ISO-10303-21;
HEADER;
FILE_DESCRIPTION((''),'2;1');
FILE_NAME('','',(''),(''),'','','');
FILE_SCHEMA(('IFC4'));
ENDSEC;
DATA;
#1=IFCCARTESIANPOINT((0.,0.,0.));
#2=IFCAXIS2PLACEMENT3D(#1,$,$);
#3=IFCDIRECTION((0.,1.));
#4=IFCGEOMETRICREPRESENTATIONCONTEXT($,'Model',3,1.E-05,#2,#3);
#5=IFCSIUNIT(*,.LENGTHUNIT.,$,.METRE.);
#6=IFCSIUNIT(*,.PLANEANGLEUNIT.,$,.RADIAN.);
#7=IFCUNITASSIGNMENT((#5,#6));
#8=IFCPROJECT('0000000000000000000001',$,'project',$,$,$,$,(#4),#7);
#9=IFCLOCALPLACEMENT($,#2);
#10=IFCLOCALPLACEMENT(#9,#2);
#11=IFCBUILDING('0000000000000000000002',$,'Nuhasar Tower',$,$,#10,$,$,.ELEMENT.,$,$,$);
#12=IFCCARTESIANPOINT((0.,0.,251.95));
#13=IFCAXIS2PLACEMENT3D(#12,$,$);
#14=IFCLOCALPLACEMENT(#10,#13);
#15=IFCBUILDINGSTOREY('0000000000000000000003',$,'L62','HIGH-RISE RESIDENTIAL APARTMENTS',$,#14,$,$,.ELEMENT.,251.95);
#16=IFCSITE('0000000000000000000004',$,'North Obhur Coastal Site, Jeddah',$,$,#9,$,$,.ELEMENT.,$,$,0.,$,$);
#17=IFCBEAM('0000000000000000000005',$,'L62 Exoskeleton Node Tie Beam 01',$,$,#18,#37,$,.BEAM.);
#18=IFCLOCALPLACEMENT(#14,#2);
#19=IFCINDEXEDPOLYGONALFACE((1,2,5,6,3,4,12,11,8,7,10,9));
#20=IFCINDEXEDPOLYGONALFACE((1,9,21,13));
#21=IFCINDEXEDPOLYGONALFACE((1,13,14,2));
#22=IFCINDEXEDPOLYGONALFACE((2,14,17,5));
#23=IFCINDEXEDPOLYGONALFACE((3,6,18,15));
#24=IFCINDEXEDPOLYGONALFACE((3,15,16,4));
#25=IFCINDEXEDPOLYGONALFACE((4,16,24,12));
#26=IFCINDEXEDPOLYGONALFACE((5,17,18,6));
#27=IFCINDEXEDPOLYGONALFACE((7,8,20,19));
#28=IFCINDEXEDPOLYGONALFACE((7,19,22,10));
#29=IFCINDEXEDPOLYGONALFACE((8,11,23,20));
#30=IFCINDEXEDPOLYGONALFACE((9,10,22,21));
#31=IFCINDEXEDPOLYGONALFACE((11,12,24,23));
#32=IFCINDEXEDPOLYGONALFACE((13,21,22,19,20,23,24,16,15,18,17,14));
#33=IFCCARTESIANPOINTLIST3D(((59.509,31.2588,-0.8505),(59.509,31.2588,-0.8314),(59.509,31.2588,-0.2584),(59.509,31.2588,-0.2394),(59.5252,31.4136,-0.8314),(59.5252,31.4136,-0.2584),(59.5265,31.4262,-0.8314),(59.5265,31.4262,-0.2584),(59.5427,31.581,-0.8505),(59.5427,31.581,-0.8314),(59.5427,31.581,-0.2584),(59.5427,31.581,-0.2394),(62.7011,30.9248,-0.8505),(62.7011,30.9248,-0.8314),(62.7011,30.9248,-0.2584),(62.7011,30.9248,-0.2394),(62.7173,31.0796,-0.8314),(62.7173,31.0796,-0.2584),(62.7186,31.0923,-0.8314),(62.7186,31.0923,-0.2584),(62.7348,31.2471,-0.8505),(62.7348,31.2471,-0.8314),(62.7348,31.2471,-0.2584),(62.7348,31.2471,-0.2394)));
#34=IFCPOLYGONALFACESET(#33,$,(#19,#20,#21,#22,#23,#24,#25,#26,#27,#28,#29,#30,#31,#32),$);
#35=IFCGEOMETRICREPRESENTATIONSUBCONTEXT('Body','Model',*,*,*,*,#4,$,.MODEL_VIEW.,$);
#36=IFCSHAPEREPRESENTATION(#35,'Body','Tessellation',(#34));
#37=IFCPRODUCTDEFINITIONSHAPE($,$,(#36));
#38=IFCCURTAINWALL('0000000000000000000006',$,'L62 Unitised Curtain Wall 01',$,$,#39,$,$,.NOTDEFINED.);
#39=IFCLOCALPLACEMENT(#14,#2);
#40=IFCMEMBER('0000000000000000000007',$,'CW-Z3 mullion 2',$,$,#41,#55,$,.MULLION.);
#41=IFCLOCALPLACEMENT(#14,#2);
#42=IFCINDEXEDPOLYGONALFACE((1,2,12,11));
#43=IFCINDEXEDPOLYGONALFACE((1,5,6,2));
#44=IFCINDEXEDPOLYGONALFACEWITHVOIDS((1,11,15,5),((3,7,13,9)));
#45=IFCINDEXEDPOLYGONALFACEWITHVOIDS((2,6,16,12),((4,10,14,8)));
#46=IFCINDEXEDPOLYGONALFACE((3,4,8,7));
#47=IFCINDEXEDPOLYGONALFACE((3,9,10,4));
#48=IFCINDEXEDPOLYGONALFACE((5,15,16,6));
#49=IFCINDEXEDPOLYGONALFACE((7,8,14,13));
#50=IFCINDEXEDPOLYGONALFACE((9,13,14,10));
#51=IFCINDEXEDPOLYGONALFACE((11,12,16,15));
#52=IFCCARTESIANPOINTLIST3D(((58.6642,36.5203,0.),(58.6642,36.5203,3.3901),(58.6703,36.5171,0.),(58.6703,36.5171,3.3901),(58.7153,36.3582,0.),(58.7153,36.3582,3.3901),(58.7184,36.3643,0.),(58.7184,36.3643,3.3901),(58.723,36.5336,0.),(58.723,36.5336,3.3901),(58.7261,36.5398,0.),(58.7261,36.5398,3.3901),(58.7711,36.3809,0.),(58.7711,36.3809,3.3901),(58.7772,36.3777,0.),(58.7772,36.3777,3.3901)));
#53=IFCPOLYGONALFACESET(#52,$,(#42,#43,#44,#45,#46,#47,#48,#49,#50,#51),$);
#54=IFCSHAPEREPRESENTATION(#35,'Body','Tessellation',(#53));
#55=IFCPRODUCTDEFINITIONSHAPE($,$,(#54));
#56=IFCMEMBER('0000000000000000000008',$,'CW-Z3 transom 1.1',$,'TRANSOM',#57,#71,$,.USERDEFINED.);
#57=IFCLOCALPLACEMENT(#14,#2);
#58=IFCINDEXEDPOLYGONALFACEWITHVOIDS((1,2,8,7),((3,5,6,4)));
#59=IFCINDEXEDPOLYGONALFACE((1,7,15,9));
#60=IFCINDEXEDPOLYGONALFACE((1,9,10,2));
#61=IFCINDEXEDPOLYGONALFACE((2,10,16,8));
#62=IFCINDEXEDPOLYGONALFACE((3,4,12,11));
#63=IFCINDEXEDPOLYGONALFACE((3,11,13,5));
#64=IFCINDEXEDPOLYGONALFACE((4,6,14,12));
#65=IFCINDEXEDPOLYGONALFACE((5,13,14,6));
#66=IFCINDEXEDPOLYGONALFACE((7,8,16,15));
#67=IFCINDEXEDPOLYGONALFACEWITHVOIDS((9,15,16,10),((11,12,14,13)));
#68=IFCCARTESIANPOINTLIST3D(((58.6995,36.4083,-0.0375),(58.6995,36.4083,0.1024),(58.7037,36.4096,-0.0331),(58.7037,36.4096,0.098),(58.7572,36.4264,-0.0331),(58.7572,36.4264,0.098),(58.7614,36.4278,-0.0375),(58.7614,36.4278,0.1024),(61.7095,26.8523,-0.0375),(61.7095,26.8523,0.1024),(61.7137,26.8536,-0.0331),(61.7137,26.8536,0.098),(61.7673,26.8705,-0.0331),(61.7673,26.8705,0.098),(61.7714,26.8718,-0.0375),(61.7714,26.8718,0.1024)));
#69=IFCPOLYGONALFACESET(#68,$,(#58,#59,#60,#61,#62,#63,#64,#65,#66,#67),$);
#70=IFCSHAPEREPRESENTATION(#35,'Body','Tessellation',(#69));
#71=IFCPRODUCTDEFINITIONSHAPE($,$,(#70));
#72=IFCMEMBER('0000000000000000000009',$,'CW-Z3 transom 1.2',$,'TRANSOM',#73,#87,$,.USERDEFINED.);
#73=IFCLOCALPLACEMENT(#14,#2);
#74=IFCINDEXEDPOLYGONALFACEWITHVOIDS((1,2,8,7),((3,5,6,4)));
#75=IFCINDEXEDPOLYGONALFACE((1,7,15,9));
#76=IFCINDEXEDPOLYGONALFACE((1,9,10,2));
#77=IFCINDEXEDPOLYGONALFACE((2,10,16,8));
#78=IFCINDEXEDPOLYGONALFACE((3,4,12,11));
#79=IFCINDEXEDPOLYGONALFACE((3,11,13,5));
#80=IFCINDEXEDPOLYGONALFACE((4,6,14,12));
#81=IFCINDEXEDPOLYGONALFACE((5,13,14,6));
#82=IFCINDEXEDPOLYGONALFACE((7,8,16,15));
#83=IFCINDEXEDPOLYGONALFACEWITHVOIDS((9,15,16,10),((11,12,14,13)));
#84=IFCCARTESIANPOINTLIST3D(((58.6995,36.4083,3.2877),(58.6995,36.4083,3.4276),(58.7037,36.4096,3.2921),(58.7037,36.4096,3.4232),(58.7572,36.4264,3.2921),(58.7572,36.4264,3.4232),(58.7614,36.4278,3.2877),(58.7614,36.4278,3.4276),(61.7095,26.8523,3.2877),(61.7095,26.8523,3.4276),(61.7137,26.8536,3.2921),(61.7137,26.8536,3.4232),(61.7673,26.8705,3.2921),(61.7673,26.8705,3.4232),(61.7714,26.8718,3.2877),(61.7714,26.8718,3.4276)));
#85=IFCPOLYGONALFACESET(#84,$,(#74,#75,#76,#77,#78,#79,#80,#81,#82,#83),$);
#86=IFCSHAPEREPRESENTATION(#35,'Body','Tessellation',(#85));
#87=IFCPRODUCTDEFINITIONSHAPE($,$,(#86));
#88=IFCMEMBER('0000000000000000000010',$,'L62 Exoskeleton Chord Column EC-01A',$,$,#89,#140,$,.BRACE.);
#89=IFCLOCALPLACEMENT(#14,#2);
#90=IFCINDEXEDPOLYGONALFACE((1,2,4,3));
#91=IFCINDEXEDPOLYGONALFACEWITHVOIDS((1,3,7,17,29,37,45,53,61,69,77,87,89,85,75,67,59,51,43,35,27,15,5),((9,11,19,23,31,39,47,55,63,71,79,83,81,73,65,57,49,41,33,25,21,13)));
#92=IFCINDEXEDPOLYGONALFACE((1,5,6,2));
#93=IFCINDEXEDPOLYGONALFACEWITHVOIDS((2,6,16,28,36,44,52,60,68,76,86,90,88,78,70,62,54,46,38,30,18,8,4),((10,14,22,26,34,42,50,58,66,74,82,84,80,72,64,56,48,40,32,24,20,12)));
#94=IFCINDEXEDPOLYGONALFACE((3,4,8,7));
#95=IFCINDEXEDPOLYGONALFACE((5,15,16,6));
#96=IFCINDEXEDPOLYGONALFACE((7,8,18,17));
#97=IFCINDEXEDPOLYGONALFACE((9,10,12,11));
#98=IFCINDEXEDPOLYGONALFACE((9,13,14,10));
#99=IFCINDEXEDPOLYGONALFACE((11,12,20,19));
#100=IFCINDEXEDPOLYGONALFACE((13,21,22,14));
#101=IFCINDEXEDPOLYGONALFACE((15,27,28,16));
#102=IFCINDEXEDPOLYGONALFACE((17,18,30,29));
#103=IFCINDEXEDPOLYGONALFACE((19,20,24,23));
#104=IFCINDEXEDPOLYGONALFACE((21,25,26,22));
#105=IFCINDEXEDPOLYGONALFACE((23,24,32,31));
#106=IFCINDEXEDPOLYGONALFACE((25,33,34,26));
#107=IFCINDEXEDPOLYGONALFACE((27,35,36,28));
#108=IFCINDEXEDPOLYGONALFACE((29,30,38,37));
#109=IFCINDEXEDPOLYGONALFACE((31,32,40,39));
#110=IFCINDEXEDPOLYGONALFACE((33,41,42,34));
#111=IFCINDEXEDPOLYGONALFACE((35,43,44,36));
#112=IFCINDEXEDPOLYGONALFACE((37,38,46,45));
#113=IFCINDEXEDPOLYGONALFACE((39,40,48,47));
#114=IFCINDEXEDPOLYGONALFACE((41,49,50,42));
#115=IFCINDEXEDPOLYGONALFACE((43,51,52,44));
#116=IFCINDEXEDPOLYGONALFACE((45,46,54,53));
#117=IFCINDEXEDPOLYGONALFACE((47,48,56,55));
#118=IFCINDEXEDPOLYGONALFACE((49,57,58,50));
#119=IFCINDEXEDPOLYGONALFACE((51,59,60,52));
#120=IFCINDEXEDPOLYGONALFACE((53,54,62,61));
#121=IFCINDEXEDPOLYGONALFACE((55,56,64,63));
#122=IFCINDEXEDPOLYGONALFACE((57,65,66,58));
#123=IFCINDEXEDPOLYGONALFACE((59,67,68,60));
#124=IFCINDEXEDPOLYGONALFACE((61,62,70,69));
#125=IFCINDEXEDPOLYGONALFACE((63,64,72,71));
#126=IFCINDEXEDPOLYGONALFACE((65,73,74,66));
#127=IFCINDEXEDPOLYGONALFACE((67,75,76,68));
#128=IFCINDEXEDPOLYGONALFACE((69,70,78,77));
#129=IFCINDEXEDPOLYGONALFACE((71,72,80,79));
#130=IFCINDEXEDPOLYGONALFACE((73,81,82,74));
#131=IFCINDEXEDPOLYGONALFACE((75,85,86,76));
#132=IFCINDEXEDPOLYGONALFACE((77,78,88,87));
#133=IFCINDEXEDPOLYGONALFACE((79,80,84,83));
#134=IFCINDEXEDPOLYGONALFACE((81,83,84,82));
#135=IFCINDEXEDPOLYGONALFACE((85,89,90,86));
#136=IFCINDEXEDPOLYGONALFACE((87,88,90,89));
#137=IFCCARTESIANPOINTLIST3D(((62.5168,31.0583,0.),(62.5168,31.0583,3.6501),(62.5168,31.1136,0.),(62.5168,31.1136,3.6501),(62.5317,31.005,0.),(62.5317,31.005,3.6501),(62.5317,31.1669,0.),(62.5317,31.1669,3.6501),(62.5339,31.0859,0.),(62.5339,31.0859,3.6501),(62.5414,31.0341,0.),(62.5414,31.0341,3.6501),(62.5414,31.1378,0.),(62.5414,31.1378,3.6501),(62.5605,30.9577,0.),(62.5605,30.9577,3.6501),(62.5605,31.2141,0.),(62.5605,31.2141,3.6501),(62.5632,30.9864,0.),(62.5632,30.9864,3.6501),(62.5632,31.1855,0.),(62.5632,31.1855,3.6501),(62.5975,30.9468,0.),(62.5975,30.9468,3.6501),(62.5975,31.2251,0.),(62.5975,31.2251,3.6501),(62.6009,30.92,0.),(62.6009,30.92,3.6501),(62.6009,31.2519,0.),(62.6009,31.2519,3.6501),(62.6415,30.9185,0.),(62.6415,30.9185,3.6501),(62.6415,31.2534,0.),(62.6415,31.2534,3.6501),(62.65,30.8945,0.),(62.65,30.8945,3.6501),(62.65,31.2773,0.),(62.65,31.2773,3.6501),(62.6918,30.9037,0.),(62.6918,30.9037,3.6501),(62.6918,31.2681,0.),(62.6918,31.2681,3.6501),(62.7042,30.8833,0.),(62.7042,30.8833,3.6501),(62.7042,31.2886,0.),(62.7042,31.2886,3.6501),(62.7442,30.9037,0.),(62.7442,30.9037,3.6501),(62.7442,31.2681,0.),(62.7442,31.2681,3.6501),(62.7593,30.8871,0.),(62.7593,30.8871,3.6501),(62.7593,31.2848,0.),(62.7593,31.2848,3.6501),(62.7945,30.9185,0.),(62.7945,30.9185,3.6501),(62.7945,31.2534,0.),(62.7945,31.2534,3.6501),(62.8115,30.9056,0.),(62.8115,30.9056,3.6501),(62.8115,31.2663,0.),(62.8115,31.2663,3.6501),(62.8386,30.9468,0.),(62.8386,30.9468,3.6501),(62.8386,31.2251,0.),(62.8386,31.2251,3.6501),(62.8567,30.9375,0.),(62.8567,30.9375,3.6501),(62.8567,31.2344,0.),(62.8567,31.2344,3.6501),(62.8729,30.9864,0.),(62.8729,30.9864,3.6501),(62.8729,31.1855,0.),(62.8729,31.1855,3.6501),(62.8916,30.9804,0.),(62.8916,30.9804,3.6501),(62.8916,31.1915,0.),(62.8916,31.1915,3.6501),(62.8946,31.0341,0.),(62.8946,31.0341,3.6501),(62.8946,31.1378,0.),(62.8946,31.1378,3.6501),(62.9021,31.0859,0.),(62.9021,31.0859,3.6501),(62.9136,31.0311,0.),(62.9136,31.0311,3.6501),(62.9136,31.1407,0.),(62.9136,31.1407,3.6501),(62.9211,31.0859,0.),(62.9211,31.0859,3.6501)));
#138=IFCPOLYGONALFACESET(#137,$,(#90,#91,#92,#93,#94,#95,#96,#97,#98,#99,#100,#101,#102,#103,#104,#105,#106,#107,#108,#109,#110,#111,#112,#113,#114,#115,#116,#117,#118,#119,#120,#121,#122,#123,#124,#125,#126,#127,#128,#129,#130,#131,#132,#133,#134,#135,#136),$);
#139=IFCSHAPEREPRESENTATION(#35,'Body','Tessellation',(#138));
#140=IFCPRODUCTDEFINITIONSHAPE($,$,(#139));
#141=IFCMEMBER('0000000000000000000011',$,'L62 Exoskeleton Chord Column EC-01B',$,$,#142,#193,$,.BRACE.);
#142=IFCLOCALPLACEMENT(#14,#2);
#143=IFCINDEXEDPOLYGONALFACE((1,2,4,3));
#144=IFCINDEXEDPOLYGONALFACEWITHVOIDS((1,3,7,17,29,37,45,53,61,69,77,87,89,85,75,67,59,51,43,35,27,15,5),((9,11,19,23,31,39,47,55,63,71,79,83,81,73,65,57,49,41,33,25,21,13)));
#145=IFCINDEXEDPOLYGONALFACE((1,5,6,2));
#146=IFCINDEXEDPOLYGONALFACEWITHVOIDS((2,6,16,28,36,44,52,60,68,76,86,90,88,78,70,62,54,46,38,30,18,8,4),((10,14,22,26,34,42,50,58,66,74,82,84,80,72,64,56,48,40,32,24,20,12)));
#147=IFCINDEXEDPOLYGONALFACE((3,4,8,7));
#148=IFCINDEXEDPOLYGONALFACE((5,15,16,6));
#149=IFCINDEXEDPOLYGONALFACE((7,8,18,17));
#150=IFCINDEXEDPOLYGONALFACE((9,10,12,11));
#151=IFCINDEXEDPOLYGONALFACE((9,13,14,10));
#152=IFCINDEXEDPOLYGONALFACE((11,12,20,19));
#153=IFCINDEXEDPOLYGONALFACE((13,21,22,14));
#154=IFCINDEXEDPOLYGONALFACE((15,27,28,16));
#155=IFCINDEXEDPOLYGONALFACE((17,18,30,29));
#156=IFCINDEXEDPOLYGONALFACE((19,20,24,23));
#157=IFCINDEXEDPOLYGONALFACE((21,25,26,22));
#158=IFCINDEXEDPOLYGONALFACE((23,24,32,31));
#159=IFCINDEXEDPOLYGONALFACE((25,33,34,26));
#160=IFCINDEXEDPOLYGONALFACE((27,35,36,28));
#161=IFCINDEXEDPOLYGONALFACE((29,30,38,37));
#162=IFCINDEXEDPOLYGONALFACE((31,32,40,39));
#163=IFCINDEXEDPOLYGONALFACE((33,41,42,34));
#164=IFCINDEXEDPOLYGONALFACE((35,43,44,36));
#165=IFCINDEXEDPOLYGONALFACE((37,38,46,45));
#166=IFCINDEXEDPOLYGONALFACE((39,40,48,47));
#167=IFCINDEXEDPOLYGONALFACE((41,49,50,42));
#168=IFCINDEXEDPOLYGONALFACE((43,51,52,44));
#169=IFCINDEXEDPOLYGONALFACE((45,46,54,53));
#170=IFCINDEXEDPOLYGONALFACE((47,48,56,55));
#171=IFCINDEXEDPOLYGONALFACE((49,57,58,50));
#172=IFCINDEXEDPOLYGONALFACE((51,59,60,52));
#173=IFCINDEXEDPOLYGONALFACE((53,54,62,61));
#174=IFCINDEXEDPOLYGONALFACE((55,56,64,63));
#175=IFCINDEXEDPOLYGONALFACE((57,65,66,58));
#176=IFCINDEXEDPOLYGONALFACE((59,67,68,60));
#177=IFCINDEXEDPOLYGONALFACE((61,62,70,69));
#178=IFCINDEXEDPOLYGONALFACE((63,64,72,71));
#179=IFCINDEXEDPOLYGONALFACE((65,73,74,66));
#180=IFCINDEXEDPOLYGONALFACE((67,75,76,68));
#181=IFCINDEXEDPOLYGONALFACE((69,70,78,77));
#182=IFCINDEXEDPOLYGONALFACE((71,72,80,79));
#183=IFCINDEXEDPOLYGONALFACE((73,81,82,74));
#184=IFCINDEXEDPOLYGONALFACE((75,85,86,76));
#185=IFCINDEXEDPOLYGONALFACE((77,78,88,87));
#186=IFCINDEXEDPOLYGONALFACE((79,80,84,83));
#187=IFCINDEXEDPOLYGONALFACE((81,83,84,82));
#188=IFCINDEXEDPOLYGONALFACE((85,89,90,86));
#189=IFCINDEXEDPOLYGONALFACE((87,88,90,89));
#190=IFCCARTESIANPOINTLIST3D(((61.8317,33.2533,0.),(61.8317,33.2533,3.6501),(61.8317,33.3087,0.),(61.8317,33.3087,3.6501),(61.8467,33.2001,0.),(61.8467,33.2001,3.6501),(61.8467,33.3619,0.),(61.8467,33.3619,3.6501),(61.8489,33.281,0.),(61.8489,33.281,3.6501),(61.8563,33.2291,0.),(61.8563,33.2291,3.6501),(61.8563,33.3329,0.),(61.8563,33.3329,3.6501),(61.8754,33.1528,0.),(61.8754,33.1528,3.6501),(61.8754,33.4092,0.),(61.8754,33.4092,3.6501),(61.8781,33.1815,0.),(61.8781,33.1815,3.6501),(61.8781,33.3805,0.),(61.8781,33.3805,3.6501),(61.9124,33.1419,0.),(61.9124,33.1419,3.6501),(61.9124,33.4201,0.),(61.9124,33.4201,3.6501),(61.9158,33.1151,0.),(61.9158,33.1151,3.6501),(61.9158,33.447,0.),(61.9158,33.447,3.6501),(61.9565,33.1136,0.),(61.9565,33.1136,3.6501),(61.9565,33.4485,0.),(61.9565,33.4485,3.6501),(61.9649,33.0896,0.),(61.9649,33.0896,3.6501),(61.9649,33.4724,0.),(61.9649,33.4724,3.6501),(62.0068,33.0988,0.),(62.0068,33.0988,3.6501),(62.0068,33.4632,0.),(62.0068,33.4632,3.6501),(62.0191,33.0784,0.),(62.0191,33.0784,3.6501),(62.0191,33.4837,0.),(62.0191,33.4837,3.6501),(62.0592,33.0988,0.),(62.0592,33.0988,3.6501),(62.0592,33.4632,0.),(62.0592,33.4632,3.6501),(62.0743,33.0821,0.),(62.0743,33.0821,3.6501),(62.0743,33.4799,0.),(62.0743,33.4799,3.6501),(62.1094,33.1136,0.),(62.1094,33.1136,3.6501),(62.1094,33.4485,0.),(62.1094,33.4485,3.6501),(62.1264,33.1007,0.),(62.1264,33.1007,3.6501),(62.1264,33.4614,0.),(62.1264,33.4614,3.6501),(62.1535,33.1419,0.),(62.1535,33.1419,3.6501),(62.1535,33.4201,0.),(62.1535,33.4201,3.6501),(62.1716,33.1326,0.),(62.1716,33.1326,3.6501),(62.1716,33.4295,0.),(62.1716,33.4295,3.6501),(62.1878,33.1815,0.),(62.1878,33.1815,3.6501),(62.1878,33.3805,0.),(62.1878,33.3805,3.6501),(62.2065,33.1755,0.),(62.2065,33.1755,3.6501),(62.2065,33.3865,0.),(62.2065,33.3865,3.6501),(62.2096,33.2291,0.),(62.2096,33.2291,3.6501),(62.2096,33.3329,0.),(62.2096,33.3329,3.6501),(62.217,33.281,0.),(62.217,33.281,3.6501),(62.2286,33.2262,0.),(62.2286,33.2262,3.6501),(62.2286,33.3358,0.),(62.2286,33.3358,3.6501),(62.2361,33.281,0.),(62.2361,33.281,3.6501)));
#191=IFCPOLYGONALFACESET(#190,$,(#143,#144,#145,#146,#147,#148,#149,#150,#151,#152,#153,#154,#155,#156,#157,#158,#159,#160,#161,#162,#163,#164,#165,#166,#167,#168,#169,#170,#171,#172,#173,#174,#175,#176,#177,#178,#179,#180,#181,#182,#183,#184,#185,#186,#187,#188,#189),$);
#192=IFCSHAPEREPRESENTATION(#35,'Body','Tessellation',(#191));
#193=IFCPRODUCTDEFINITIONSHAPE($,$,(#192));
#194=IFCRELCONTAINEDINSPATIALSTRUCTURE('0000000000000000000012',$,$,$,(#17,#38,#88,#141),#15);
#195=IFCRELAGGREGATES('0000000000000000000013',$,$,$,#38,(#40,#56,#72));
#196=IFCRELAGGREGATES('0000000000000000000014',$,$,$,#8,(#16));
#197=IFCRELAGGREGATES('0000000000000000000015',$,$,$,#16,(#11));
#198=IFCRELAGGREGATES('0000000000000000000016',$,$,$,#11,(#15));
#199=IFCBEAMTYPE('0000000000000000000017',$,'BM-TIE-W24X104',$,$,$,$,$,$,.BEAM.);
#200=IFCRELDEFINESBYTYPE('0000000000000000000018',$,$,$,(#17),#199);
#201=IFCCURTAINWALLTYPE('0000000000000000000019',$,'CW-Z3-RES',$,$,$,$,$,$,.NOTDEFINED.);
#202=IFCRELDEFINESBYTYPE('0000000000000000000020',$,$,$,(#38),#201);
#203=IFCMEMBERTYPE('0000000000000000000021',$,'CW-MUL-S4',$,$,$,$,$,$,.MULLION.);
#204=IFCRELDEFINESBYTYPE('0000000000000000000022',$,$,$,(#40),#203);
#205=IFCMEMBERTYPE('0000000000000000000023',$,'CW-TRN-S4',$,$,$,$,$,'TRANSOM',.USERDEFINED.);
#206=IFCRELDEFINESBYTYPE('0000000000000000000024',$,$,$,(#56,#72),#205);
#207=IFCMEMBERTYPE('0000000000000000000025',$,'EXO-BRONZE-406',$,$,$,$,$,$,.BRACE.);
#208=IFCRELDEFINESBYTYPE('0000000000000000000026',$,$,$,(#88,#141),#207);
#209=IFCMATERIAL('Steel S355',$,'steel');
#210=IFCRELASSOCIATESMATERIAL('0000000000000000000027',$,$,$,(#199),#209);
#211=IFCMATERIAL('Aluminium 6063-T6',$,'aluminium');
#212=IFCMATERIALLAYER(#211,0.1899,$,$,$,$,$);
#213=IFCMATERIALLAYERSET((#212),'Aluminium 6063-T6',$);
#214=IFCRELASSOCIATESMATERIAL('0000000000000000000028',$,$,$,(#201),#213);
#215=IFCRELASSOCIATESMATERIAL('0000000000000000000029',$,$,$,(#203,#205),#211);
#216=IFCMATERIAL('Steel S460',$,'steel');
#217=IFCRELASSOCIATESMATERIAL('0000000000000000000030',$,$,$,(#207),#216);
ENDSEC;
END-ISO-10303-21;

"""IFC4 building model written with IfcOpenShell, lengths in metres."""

from ifc_helpers import new_model, si_unit, direction, frame, origin, origin_2d, place, context, subcontext, project, spatial, hollow_rectangle, hollow_circle, i_section, extrude, material, layer, layer_set, material_profile, profile_set, type_object, element, aggregate, save


model = new_model("IFC4")

# Units and contexts
model_context = context("Model", 3, precision=1e-05, world=origin(), true_north=direction((0.0, 1.0)))
body_context = subcontext(model_context, "Body", "Model", "MODEL_VIEW")
ifc_project = project(units=[si_unit("LENGTHUNIT", "METRE"), si_unit("PLANEANGLEUNIT", "RADIAN")], contexts=[model_context])

# Site, building, storey
site_placement = place(None, origin())
site = spatial("IfcSite", under=ifc_project, at=site_placement, Name="North Obhur Coastal Site, Jeddah", CompositionType="ELEMENT", RefElevation=0.0)
building_placement = place(site_placement, origin())
building = spatial("IfcBuilding", under=site, at=building_placement, Name="Nuhasar Tower", CompositionType="ELEMENT")
storey_placement = place(building_placement, frame((0.0, 0.0, 251.95)))
storey = spatial("IfcBuildingStorey", under=building, at=storey_placement, Name="L62", Description="HIGH-RISE RESIDENTIAL APARTMENTS", CompositionType="ELEMENT", Elevation=251.95)

# Beam
ifc_material_1 = material(Name="Steel S355", Category="steel")
ifc_material_profile_1 = material_profile(ifc_material_1, i_section(OverallWidth=0.324, OverallDepth=0.6111, WebThickness=0.0127, FlangeThickness=0.019, at=origin_2d()), Name="W24X104")
ifc_profile_set_1 = profile_set([ifc_material_profile_1], Name="Steel S355")
beam_type_1 = type_object("IfcBeamType", Name="BM-TIE-W24X104", PredefinedType="BEAM", material=ifc_profile_set_1)
beam_1_placement = place(storey_placement, frame((59.5259, 31.4199, -0.5449), z_axis=(0.994571, -0.104059, 0.0), x_axis=(0.104059, 0.994571, 0.0)))
element("IfcBeam", 1, at=beam_1_placement, inside=storey, type_object=beam_type_1, Name="L62 Exoskeleton Node Tie Beam 01", PredefinedType="BEAM", context=body_context, shape_type="SweptSolid", body=[
    extrude(i_section(OverallWidth=0.324, OverallDepth=0.6111, WebThickness=0.0127, FlangeThickness=0.019, at=origin_2d()), origin(), (0.0, 0.0, 1.0), 3.2095),
])

# Curtain wall, members
ifc_material_2 = material(Name="Aluminium 6063-T6", Category="aluminium")
ifc_layer_1 = layer(ifc_material_2, 0.1899)
ifc_layer_set_1 = layer_set([ifc_layer_1], Name="Aluminium 6063-T6")
curtain_wall_type = type_object("IfcCurtainWallType", Name="CW-Z3-RES", PredefinedType="NOTDEFINED", material=ifc_layer_set_1)
curtain_wall_placement = place(storey_placement, origin())
curtain_wall = element("IfcCurtainWall", 2, at=curtain_wall_placement, inside=storey, type_object=curtain_wall_type, Name="L62 Unitised Curtain Wall 01", PredefinedType="NOTDEFINED")
ifc_material_profile_2 = material_profile(ifc_material_2, hollow_rectangle(XDim=0.0649, YDim=0.1699, WallThickness=0.0049, at=origin_2d()), Name="CWM-4")
ifc_profile_set_2 = profile_set([ifc_material_profile_2], Name="Aluminium 6063-T6")
member_type_1 = type_object("IfcMemberType", Name="CW-MUL-S4", PredefinedType="MULLION", material=ifc_profile_set_2)
member_1_placement = place(storey_placement, frame((58.7207, 36.449, 0.0), z_axis=(0.0, 0.0, 1.0), x_axis=(-0.953804, -0.300429, 0.0)))
member_1 = element("IfcMember", 3, at=member_1_placement, type_object=member_type_1, Name="CW-Z3 mullion 2", PredefinedType="MULLION", context=body_context, shape_type="SweptSolid", body=[
    extrude(hollow_rectangle(XDim=0.0649, YDim=0.1699, WallThickness=0.0049, at=origin_2d()), origin(), (0.0, 0.0, 1.0), 3.3901),
])
ifc_material_profile_3 = material_profile(ifc_material_2, hollow_rectangle(XDim=0.0649, YDim=0.1399, WallThickness=0.0044, at=origin_2d()), Name="CWT-4")
ifc_profile_set_3 = profile_set([ifc_material_profile_3], Name="Aluminium 6063-T6")
member_type_2 = type_object("IfcMemberType", Name="CW-TRN-S4", ElementType="TRANSOM", PredefinedType="USERDEFINED", material=ifc_profile_set_3)
member_2_placement = place(storey_placement, frame((61.7405, 26.8621, 0.0325), z_axis=(-0.300437, 0.953802, 0.0), x_axis=(-0.953802, -0.300437, 0.0)))
member_2 = element("IfcMember", 4, at=member_2_placement, type_object=member_type_2, Name="CW-Z3 transom 1.1", ObjectType="TRANSOM", PredefinedType="USERDEFINED", context=body_context, shape_type="SweptSolid", body=[
    extrude(hollow_rectangle(XDim=0.0649, YDim=0.1399, WallThickness=0.0044, at=origin_2d()), origin(), (0.0, 0.0, 1.0), 10.0188),
])
member_3_placement = place(storey_placement, frame((61.7405, 26.8621, 3.3577), z_axis=(-0.300437, 0.953802, 0.0), x_axis=(-0.953802, -0.300437, 0.0)))
member_3 = element("IfcMember", 5, at=member_3_placement, type_object=member_type_2, Name="CW-Z3 transom 1.2", ObjectType="TRANSOM", PredefinedType="USERDEFINED", context=body_context, shape_type="SweptSolid", body=[
    extrude(hollow_rectangle(XDim=0.0649, YDim=0.1399, WallThickness=0.0044, at=origin_2d()), origin(), (0.0, 0.0, 1.0), 10.0188),
])

# Members
ifc_material_3 = material(Name="Steel S460", Category="steel")
ifc_material_profile_4 = material_profile(ifc_material_3, hollow_circle(Radius=0.2031, WallThickness=0.019, at=origin_2d()), Name="HSS406.4X19.1")
ifc_profile_set_4 = profile_set([ifc_material_profile_4], Name="Steel S460")
member_type_3 = type_object("IfcMemberType", Name="EXO-BRONZE-406", PredefinedType="BRACE", material=ifc_profile_set_4)
for number, where, z_axis, x_axis, name in (
    (6, (62.718, 31.0859, 0.0), (0.0, 0.0, 1.0), (1.0, 0.0, 0.0), "L62 Exoskeleton Chord Column EC-01A"),
    (7, (62.033, 33.281, 0.0), (0.0, 0.0, 1.0), (1.0, 0.0, 0.0), "L62 Exoskeleton Chord Column EC-01B"),
):
    element("IfcMember", number, at=place(storey_placement, frame(where, z_axis=z_axis, x_axis=x_axis)), inside=storey, type_object=member_type_3, Name=name, PredefinedType="BRACE", context=body_context, shape_type="SweptSolid", body=[
        extrude(hollow_circle(Radius=0.2031, WallThickness=0.019, at=origin_2d()), origin(), (0.0, 0.0, 1.0), 3.6501),
    ])

aggregate(curtain_wall, [member_1, member_2, member_3])

save(model, "model.ifc")
